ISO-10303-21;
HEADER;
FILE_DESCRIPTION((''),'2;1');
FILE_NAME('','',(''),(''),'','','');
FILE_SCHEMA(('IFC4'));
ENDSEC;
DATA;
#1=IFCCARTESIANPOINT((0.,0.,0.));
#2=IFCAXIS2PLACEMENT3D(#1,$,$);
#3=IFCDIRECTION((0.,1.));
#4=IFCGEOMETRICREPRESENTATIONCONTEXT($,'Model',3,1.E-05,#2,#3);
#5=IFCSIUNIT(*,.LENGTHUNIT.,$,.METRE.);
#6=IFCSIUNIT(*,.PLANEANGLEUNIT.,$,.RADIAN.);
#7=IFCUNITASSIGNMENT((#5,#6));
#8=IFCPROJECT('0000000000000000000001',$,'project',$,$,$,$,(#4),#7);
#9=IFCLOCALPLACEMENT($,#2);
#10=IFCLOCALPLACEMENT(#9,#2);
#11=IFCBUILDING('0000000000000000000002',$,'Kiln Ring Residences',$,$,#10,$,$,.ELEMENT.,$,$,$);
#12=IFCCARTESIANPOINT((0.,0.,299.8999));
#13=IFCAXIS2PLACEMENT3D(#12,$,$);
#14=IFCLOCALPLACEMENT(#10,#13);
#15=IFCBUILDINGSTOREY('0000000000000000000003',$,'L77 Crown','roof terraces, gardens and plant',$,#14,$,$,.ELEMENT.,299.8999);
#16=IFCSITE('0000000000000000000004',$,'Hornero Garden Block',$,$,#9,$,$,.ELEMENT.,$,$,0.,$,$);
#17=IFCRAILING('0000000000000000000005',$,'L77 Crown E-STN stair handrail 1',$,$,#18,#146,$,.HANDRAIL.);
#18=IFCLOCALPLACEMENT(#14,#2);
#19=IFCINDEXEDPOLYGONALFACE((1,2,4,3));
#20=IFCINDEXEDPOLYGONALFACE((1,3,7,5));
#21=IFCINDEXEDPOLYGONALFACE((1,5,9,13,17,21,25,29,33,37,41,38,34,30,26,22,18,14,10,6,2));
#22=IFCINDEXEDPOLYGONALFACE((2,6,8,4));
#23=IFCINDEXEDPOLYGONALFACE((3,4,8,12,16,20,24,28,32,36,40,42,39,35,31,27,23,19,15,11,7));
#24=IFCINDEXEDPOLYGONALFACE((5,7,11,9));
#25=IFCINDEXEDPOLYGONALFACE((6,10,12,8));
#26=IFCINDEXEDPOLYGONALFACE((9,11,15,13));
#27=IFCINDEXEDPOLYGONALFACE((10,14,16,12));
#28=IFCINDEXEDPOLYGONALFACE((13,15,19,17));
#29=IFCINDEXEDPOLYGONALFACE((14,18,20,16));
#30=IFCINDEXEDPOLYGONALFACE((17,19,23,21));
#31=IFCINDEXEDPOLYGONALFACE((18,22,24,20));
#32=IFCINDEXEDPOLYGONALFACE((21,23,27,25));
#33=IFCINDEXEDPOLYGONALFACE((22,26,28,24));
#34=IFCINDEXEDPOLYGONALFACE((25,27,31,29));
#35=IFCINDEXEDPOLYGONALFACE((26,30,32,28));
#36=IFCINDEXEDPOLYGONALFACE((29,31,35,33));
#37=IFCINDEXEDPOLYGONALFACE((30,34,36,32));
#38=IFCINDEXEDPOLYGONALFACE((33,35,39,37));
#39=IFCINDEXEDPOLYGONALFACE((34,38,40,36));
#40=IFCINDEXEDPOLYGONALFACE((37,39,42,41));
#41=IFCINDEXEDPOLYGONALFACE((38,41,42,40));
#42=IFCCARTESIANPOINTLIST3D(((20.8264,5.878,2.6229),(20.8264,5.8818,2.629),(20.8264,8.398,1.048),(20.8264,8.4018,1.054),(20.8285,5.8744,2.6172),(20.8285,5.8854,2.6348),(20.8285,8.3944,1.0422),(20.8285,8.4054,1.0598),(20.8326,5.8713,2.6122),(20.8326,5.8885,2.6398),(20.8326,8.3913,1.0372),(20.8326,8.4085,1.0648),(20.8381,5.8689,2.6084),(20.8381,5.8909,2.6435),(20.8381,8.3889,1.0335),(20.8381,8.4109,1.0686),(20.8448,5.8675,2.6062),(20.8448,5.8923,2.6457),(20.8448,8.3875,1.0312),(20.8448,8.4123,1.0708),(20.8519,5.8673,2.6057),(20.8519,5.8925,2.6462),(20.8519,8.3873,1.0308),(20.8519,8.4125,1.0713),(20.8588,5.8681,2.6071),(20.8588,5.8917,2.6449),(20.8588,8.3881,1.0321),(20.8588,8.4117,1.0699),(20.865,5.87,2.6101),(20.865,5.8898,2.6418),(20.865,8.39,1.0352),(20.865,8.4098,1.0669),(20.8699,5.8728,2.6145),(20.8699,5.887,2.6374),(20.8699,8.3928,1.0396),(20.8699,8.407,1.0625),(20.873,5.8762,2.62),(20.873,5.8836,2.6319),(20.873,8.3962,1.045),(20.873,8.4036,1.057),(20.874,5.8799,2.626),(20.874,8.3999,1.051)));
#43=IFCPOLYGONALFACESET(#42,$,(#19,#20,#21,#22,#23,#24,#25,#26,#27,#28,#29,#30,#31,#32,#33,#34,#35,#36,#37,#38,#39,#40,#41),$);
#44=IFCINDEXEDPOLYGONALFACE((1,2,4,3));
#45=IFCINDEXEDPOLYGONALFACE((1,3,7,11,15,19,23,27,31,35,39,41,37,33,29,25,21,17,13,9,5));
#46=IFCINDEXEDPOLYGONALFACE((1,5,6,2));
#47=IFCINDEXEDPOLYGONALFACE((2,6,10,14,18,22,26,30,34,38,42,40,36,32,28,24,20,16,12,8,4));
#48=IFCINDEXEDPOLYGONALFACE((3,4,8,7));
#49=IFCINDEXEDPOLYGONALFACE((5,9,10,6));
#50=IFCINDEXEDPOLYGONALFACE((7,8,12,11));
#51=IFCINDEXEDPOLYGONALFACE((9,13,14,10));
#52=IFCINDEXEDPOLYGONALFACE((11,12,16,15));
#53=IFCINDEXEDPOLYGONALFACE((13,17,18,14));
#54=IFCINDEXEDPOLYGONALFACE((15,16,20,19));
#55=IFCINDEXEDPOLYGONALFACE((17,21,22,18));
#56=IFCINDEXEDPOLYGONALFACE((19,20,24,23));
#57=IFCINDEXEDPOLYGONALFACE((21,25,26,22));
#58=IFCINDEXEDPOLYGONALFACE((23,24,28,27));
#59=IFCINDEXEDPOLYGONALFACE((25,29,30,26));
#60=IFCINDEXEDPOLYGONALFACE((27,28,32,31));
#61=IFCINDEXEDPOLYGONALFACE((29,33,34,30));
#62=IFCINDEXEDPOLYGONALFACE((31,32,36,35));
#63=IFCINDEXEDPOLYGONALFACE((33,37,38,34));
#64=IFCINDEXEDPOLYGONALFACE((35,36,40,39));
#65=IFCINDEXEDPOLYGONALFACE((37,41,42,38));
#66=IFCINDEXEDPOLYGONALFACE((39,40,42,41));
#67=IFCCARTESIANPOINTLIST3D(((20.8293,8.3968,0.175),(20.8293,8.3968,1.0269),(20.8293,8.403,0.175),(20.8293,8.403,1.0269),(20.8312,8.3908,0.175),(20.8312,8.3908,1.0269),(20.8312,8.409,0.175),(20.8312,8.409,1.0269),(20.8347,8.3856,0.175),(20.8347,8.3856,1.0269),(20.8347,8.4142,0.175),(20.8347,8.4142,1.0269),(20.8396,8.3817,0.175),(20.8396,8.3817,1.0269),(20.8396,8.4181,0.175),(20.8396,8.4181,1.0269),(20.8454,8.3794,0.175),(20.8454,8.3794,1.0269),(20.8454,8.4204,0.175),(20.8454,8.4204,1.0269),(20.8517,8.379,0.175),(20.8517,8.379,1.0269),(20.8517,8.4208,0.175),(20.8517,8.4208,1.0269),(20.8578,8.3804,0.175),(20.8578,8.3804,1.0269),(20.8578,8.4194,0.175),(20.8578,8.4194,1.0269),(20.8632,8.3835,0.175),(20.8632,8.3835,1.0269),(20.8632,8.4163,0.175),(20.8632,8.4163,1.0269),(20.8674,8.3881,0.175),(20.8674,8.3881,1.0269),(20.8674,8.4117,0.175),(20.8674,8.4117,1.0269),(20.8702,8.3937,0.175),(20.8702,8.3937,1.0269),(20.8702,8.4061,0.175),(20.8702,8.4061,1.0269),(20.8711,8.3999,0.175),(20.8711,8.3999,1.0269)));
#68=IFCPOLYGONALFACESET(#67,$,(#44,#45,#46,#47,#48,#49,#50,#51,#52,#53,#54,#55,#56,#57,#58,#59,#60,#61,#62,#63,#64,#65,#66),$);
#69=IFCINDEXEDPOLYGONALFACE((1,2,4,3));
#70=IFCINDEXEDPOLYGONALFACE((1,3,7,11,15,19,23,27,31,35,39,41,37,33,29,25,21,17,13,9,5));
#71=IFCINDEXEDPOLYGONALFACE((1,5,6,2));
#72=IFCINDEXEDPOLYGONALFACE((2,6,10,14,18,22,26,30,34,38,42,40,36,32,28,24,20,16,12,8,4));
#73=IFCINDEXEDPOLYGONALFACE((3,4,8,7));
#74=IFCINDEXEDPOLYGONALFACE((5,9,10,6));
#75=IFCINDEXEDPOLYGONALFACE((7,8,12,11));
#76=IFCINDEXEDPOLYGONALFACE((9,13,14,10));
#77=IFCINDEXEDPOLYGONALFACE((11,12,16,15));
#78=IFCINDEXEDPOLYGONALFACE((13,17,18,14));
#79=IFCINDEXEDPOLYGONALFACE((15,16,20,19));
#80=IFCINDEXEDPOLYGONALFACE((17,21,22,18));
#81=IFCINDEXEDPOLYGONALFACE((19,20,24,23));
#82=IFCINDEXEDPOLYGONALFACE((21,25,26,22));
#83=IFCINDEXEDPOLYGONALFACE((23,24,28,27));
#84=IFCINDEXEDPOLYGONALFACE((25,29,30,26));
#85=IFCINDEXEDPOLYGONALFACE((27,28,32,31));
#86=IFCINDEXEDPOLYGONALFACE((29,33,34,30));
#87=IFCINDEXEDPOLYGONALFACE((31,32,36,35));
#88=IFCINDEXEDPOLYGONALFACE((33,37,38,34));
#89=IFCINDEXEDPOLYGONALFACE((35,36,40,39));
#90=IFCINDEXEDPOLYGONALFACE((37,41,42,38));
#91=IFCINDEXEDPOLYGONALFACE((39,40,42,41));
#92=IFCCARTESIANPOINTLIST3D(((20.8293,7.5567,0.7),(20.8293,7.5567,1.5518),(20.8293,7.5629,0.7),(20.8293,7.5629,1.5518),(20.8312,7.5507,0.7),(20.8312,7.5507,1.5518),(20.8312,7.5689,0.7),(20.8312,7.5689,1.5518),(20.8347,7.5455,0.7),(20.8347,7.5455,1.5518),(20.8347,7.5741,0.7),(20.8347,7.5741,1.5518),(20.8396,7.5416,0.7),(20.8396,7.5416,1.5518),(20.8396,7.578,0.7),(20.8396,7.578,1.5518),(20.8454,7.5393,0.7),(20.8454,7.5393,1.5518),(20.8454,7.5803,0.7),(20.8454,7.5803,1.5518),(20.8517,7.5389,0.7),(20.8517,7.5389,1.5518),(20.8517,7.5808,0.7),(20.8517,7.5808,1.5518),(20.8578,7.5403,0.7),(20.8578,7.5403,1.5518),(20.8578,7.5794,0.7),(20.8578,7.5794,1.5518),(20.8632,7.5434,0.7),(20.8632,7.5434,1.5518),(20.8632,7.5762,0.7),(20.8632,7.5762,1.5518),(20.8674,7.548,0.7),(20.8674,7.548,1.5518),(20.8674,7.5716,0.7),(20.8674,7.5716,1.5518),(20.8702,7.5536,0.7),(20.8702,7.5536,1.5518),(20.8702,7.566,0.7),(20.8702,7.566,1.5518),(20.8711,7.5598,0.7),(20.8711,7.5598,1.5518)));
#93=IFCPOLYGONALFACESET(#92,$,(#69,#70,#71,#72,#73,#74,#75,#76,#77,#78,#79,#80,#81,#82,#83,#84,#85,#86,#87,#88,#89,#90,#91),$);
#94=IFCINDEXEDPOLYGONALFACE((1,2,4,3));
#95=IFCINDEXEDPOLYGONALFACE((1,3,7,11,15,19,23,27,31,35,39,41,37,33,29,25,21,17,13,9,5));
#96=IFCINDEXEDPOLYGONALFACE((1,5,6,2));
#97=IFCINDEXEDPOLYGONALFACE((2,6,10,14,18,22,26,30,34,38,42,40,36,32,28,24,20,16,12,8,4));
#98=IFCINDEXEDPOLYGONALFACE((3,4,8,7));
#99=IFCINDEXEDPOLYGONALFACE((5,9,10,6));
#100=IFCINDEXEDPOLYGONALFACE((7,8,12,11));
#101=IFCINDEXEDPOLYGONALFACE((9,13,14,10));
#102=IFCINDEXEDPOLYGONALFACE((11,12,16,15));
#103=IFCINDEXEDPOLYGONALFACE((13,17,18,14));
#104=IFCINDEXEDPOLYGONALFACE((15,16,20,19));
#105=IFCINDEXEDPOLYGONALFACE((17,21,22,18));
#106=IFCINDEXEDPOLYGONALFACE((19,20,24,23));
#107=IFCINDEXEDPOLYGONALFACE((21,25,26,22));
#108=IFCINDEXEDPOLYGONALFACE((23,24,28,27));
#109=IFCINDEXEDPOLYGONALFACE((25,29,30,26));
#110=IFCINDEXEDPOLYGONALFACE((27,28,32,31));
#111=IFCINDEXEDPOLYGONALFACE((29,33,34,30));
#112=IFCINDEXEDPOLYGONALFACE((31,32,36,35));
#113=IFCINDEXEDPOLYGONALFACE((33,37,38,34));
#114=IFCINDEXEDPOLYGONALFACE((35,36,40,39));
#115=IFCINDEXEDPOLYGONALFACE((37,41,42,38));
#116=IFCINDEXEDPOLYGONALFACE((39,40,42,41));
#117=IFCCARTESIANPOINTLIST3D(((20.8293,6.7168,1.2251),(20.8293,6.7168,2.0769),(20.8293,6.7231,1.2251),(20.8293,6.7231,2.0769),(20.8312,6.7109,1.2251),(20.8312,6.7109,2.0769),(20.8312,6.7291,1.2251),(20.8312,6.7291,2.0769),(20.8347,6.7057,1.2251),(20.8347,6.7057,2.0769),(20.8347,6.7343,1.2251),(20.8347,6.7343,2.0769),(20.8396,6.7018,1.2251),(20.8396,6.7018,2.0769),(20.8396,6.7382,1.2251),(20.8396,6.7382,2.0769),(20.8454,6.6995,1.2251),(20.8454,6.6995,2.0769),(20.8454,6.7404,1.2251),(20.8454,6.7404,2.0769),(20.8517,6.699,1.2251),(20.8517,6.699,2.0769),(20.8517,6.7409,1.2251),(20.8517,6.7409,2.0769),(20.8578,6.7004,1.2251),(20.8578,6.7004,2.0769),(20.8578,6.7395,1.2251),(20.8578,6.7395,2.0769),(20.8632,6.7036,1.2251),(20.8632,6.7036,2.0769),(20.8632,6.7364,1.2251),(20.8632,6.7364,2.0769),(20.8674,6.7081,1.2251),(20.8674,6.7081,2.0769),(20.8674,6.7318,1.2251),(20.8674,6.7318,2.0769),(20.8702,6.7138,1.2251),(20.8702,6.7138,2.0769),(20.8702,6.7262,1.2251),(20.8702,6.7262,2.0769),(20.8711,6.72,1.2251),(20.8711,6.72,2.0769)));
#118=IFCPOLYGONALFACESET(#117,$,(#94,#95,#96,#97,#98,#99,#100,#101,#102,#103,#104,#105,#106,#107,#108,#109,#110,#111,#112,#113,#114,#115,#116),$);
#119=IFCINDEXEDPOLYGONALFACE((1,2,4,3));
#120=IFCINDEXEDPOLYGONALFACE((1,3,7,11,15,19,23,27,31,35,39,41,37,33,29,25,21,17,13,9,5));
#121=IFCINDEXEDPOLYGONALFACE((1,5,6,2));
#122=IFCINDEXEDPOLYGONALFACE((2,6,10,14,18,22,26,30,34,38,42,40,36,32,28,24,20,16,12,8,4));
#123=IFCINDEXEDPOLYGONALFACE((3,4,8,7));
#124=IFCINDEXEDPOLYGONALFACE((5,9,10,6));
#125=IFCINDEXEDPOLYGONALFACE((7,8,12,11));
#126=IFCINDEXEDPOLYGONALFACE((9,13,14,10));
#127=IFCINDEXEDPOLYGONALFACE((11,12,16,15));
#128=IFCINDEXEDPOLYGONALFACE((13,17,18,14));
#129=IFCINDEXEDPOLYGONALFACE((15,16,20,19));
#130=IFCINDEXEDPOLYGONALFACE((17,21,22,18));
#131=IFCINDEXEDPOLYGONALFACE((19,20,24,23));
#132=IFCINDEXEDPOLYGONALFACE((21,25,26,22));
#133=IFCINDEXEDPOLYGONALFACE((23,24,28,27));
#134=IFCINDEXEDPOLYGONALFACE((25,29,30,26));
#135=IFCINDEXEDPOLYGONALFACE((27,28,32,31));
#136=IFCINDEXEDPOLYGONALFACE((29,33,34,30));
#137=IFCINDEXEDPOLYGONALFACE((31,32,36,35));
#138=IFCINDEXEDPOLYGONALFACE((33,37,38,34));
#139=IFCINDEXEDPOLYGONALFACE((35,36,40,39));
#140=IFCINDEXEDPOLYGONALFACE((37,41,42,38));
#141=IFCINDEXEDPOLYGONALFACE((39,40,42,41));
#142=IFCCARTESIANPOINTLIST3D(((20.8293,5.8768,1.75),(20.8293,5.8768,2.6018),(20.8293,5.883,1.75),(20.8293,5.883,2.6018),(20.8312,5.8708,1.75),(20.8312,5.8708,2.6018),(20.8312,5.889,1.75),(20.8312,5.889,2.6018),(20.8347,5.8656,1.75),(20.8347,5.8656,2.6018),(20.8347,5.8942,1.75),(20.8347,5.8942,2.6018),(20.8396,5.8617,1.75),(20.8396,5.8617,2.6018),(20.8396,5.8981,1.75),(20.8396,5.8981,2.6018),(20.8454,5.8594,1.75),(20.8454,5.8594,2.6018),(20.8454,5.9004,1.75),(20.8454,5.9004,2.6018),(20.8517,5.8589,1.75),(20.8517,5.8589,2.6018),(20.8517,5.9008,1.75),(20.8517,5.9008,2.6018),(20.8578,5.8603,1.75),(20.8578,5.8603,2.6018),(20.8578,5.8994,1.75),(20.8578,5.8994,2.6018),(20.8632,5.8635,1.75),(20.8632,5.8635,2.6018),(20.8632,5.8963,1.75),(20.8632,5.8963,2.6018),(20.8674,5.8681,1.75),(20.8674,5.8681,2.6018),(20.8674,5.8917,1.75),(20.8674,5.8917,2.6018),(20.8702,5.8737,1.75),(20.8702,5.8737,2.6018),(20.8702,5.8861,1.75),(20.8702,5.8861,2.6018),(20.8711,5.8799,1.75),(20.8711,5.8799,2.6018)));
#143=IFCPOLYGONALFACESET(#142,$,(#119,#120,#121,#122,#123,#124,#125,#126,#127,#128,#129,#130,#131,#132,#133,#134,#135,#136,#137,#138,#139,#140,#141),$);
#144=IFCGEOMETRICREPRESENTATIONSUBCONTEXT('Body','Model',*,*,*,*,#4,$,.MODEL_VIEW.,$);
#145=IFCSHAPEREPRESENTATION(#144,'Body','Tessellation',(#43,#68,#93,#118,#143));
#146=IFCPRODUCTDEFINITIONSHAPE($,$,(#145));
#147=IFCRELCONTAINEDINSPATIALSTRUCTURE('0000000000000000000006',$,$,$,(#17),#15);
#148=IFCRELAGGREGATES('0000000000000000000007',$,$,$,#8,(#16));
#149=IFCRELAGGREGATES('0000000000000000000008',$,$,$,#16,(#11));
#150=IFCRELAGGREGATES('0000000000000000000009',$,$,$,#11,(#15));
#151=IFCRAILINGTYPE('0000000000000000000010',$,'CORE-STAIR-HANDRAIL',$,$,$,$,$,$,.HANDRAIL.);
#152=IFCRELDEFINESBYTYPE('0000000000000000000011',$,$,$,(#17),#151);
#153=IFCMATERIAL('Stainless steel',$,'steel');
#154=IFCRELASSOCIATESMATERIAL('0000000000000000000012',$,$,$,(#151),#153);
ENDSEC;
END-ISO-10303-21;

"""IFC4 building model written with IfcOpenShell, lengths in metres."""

from ifc_helpers import new_model, si_unit, direction, frame, origin, origin_2d, place, context, subcontext, project, spatial, circle, extrude, material, type_object, element, save


model = new_model("IFC4")

# Units and contexts
model_context = context("Model", 3, precision=1e-05, world=origin(), true_north=direction((0.0, 1.0)))
body_context = subcontext(model_context, "Body", "Model", "MODEL_VIEW")
ifc_project = project(units=[si_unit("LENGTHUNIT", "METRE"), si_unit("PLANEANGLEUNIT", "RADIAN")], contexts=[model_context])

# Site, building, storey
site_placement = place(None, origin())
site = spatial("IfcSite", under=ifc_project, at=site_placement, Name="Hornero Garden Block", CompositionType="ELEMENT", RefElevation=0.0)
building_placement = place(site_placement, origin())
building = spatial("IfcBuilding", under=site, at=building_placement, Name="Kiln Ring Residences", CompositionType="ELEMENT")
storey_placement = place(building_placement, frame((0.0, 0.0, 299.8999)))
storey = spatial("IfcBuildingStorey", under=building, at=storey_placement, Name="L77 Crown", Description="roof terraces, gardens and plant", CompositionType="ELEMENT", Elevation=299.8999)

# Railing
ifc_material_1 = material(Name="Stainless steel", Category="steel")
railing_type_1 = type_object("IfcRailingType", Name="CORE-STAIR-HANDRAIL", PredefinedType="HANDRAIL", material=ifc_material_1)
railing_1_placement = place(storey_placement, frame((20.8501, 8.3999, 0.175)))
element("IfcRailing", 1, at=railing_1_placement, inside=storey, type_object=railing_type_1, Name="L77 Crown E-STN stair handrail 1", PredefinedType="HANDRAIL", context=body_context, shape_type="SweptSolid", body=[
    extrude(circle(Radius=0.0239, at=origin_2d()), frame((0.0, 0.0, 0.876), z_axis=(0.0, -0.848008, 0.529984), x_axis=(1.0, 0.0, 0.0)), (0.0, 0.0, 1.0), 2.9717),
    extrude(circle(Radius=0.021, at=origin_2d()), origin(), (0.0, 0.0, 1.0), 0.8518),
    extrude(circle(Radius=0.021, at=origin_2d()), frame((0.0, -0.8401, 0.5249)), (0.0, 0.0, 1.0), 0.8518),
    extrude(circle(Radius=0.021, at=origin_2d()), frame((0.0, -1.6799, 1.05)), (0.0, 0.0, 1.0), 0.8518),
    extrude(circle(Radius=0.021, at=origin_2d()), frame((0.0, -2.52, 1.575)), (0.0, 0.0, 1.0), 0.8518),
])

save(model, "model.ifc")
